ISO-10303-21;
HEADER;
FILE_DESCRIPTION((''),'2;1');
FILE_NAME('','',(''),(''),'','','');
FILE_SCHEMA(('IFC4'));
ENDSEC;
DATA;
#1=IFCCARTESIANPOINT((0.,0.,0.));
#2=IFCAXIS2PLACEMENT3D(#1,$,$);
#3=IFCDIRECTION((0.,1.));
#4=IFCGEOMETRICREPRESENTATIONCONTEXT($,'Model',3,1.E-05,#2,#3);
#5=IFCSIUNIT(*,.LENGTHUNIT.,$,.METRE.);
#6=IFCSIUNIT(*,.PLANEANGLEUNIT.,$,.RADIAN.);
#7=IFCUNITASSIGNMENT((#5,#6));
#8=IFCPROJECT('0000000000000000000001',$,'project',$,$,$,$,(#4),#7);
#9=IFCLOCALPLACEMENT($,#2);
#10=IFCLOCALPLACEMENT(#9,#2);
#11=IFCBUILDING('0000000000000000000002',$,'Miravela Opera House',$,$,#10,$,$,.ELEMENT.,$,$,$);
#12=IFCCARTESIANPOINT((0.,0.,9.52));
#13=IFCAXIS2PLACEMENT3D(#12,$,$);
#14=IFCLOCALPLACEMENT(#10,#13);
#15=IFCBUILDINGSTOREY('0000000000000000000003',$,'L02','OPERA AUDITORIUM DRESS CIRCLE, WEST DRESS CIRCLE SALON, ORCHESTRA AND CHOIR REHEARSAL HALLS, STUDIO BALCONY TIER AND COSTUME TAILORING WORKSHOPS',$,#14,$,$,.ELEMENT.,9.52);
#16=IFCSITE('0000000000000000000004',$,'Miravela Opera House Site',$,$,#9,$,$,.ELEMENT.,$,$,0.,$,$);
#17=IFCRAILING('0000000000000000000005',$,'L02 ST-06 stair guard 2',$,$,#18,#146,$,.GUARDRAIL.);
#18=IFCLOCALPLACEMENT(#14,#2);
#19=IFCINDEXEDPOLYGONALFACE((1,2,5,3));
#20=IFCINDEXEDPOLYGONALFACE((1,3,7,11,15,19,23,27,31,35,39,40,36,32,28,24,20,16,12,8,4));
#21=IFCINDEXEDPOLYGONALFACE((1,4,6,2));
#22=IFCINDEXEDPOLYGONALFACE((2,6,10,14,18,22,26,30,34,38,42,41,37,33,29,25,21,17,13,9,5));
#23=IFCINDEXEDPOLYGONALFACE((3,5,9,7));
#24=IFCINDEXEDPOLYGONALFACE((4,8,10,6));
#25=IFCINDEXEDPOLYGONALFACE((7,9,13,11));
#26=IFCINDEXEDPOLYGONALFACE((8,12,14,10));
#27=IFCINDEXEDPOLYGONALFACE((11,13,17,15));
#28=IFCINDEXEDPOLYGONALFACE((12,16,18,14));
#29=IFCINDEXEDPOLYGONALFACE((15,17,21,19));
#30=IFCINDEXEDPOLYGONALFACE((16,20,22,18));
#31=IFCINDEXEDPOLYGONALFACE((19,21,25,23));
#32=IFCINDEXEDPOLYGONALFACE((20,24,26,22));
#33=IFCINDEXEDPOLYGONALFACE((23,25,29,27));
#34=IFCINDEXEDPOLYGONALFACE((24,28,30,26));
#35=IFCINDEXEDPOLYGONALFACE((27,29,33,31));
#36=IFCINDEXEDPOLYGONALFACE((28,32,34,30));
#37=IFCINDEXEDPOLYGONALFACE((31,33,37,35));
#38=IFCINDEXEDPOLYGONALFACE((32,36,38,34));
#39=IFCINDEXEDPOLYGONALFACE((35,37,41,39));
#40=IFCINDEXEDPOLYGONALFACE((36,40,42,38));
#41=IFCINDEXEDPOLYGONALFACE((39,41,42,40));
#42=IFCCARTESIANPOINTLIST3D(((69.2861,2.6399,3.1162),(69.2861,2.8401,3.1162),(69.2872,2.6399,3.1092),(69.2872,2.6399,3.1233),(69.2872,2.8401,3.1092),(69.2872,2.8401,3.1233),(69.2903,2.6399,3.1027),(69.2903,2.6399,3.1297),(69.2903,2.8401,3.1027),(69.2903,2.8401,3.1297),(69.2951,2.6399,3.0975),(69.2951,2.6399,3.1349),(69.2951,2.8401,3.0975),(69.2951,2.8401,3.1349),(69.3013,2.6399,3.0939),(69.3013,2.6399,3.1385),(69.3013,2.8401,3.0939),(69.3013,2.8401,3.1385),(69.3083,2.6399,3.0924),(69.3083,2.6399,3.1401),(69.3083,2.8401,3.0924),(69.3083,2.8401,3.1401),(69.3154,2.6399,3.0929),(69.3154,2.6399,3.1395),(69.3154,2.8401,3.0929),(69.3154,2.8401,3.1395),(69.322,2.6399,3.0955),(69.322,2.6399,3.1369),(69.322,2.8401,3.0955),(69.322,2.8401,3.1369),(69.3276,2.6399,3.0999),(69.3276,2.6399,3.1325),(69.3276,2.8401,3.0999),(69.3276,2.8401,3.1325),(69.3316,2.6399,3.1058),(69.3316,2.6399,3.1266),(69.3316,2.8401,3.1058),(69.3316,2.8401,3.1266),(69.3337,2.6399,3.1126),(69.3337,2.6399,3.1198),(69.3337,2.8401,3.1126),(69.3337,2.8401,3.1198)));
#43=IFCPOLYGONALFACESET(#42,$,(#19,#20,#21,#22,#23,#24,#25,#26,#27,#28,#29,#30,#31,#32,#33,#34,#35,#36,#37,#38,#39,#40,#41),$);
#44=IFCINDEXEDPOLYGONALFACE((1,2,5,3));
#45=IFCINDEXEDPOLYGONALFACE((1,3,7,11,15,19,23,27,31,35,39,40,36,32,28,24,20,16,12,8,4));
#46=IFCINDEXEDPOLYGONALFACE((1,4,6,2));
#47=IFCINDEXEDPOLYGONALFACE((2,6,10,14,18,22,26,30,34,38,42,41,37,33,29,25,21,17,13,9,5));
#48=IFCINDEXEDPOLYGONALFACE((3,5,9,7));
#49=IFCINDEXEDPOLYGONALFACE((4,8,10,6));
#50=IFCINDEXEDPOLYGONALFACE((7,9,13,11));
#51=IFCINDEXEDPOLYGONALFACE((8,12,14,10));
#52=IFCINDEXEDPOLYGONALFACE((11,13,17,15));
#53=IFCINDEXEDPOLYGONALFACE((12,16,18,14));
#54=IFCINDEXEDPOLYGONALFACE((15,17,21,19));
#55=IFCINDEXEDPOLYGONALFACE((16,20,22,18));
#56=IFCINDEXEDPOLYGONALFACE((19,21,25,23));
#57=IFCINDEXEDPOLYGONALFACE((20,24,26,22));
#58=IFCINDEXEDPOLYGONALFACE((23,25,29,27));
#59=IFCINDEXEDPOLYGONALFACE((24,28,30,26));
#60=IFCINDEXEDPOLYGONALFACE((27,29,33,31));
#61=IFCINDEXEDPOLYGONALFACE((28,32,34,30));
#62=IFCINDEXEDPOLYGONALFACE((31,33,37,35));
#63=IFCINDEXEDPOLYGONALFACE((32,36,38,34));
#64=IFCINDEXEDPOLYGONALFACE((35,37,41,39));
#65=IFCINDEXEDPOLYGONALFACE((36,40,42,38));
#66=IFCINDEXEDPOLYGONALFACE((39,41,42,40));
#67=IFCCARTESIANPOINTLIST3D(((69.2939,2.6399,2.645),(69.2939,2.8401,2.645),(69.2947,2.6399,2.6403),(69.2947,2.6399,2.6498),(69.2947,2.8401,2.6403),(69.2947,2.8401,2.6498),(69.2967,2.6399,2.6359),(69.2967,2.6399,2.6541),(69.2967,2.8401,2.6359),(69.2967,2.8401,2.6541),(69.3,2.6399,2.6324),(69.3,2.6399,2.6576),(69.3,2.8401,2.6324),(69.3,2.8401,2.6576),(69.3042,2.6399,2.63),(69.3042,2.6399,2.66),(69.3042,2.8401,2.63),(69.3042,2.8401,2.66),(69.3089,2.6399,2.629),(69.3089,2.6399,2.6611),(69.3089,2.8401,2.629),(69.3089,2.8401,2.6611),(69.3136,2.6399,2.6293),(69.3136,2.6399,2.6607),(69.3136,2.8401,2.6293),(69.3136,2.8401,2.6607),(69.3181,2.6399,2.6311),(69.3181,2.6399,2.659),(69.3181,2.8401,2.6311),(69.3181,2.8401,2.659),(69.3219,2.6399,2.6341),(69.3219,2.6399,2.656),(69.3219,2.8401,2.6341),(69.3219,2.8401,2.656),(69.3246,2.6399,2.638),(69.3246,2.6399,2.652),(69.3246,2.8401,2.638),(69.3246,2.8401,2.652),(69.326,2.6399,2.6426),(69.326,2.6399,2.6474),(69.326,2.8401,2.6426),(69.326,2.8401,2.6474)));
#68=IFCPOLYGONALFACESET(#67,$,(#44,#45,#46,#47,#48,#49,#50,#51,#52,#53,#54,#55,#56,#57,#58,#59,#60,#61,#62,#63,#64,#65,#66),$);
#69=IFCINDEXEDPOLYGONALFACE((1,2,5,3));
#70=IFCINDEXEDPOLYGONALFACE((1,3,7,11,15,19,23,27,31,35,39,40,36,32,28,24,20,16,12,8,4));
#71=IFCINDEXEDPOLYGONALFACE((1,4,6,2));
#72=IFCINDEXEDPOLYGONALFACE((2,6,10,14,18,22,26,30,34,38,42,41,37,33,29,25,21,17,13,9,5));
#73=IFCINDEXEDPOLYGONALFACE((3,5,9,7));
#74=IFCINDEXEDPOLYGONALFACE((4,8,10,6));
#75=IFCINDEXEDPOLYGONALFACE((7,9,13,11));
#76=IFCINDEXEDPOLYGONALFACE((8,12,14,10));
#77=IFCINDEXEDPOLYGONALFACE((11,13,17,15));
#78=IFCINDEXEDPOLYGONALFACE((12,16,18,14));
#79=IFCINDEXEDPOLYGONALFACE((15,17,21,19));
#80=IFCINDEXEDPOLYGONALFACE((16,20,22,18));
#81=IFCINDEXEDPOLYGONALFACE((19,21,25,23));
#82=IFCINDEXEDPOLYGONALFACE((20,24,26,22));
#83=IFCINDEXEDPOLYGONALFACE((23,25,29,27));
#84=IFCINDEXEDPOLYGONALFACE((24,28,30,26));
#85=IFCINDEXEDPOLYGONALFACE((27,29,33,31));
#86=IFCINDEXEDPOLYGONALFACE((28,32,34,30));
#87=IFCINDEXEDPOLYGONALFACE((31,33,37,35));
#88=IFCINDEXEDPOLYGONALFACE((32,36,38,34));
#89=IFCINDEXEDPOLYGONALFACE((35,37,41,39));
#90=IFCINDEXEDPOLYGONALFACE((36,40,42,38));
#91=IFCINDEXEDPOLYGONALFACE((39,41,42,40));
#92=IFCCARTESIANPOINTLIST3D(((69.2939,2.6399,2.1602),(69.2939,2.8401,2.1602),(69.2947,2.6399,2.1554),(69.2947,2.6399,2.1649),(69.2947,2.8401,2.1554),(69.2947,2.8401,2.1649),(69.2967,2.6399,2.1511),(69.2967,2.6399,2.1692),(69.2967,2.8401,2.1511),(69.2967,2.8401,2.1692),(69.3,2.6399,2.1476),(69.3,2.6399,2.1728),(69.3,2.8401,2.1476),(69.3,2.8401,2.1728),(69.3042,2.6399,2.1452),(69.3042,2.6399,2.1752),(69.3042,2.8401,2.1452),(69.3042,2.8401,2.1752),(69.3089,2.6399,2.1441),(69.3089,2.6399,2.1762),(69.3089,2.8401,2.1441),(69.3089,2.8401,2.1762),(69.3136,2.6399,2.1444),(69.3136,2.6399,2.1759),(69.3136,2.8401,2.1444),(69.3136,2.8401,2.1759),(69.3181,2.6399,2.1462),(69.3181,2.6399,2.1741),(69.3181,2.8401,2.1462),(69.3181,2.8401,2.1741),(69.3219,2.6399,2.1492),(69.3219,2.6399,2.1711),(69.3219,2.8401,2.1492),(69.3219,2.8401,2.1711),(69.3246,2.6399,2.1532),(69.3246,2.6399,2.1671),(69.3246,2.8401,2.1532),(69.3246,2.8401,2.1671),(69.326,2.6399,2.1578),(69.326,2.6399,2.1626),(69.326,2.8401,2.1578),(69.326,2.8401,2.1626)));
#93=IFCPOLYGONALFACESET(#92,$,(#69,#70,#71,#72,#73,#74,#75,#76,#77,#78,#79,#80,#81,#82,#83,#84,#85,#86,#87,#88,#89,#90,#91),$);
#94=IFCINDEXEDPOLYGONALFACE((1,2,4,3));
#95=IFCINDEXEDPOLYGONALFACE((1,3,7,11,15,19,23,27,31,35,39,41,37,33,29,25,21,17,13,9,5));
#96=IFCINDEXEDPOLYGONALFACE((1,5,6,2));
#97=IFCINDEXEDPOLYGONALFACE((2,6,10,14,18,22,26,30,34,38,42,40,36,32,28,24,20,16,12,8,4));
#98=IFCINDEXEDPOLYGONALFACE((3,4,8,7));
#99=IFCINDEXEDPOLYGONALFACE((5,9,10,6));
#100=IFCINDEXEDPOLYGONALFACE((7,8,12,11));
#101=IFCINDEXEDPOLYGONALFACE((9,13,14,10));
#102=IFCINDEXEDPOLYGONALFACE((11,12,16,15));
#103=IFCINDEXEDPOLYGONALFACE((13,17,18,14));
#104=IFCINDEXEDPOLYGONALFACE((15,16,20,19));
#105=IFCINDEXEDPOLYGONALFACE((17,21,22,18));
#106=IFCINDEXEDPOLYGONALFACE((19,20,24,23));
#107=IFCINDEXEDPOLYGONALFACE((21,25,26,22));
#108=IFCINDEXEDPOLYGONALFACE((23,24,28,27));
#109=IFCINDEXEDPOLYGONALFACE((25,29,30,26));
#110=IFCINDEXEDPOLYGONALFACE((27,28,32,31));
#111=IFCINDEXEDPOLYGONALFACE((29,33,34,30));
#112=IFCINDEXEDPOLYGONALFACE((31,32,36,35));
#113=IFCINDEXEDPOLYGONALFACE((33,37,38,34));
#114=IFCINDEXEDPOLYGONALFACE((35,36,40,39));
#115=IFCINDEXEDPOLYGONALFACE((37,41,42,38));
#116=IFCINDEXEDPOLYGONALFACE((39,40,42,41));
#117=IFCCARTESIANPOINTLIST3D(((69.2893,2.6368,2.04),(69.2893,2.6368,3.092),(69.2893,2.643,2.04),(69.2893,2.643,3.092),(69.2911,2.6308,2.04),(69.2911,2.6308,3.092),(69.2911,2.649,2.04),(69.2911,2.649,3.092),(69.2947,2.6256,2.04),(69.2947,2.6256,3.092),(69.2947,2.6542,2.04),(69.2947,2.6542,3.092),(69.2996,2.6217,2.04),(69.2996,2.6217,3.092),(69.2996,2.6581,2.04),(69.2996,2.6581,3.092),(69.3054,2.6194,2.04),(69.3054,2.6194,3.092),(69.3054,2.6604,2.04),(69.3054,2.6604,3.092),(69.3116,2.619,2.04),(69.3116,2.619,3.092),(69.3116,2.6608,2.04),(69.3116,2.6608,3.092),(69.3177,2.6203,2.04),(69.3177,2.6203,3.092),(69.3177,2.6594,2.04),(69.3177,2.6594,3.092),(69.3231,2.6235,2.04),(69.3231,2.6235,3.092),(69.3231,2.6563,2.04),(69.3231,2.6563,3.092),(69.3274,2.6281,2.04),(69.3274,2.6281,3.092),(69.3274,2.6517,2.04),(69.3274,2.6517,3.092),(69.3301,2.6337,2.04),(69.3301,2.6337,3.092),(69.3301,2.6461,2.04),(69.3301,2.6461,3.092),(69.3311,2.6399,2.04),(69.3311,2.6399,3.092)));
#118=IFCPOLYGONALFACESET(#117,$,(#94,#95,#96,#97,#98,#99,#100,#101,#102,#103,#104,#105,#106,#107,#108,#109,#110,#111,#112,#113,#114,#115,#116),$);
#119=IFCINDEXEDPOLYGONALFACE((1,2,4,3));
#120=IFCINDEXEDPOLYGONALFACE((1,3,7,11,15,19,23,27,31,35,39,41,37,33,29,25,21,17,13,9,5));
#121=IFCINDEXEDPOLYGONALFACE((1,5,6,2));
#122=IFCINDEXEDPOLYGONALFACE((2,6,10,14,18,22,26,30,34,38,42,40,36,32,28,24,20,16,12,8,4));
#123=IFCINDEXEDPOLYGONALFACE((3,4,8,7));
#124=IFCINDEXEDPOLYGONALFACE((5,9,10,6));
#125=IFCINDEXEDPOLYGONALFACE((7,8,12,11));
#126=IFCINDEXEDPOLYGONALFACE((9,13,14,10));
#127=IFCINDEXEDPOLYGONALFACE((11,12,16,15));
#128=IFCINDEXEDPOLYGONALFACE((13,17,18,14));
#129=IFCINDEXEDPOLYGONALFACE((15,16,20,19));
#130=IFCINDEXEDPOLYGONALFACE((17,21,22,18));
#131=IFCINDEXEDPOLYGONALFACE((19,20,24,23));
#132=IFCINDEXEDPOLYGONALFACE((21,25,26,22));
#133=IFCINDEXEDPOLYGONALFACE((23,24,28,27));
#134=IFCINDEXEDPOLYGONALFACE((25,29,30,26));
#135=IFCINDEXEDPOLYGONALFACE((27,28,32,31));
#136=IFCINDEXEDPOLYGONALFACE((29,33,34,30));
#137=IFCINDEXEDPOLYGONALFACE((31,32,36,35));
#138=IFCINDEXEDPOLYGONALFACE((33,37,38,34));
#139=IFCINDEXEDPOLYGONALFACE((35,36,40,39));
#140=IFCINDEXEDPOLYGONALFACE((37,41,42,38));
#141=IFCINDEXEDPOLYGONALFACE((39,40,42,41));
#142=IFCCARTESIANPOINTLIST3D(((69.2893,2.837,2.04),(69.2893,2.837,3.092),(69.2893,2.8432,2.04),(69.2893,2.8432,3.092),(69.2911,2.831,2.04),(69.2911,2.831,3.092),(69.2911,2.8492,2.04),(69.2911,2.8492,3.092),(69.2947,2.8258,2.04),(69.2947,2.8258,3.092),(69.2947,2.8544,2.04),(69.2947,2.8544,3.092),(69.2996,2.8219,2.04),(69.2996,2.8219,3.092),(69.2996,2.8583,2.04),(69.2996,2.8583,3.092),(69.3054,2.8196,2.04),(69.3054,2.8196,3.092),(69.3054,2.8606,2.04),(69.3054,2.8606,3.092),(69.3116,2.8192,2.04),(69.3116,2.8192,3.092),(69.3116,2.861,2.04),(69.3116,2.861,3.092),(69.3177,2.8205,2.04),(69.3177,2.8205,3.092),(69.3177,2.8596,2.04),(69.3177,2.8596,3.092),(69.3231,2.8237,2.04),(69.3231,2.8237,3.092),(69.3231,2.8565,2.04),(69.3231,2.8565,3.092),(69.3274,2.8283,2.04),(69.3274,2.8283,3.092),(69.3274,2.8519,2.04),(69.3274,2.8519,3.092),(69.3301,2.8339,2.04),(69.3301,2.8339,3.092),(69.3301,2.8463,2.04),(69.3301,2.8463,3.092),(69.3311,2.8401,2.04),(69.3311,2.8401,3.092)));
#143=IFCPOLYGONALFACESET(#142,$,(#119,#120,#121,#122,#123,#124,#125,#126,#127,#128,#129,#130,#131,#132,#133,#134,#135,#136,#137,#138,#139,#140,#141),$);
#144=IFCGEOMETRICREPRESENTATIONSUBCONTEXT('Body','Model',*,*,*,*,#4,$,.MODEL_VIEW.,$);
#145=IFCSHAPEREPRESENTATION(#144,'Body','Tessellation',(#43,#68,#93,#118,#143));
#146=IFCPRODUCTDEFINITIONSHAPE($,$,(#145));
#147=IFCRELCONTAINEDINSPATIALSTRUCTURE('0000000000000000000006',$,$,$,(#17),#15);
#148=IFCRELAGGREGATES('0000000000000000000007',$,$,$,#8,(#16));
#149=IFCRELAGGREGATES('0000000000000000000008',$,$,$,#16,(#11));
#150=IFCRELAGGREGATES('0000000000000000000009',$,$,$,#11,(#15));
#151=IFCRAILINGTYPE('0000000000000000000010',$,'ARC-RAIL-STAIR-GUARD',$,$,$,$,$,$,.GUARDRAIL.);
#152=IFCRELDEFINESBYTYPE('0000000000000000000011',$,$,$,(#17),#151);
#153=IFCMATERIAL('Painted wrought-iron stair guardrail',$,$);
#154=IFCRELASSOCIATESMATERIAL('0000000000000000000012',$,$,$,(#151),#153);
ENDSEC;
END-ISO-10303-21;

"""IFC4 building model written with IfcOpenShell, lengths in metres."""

from ifc_helpers import new_model, si_unit, direction, frame, origin, origin_2d, place, context, subcontext, project, spatial, circle, extrude, material, type_object, element, save


model = new_model("IFC4")

# Units and contexts
model_context = context("Model", 3, precision=1e-05, world=origin(), true_north=direction((0.0, 1.0)))
body_context = subcontext(model_context, "Body", "Model", "MODEL_VIEW")
ifc_project = project(units=[si_unit("LENGTHUNIT", "METRE"), si_unit("PLANEANGLEUNIT", "RADIAN")], contexts=[model_context])

# Site, building, storey
site_placement = place(None, origin())
site = spatial("IfcSite", under=ifc_project, at=site_placement, Name="Miravela Opera House Site", CompositionType="ELEMENT", RefElevation=0.0)
building_placement = place(site_placement, origin())
building = spatial("IfcBuilding", under=site, at=building_placement, Name="Miravela Opera House", CompositionType="ELEMENT")
storey_placement = place(building_placement, frame((0.0, 0.0, 9.52)))
storey = spatial("IfcBuildingStorey", under=building, at=storey_placement, Name="L02", Description="OPERA AUDITORIUM DRESS CIRCLE, WEST DRESS CIRCLE SALON, ORCHESTRA AND CHOIR REHEARSAL HALLS, STUDIO BALCONY TIER AND COSTUME TAILORING WORKSHOPS", CompositionType="ELEMENT", Elevation=9.52)

# Railing
ifc_material_1 = material(Name="Painted wrought-iron stair guardrail")
railing_type_1 = type_object("IfcRailingType", Name="ARC-RAIL-STAIR-GUARD", PredefinedType="GUARDRAIL", material=ifc_material_1)
railing_1_placement = place(storey_placement, frame((69.3101, 2.6399, 2.04)))
element("IfcRailing", 1, at=railing_1_placement, inside=storey, type_object=railing_type_1, Name="L02 ST-06 stair guard 2", PredefinedType="GUARDRAIL", context=body_context, shape_type="SweptSolid", body=[
    extrude(circle(Radius=0.0239, at=origin_2d()), frame((0.0, 0.0, 1.0762), z_axis=(0.0, 1.0, 0.0), x_axis=(-1.0, 0.0, 0.0)), (0.0, 0.0, 1.0), 0.2002),
    extrude(circle(Radius=0.0161, at=origin_2d()), frame((0.0, 0.0, 0.605), z_axis=(0.0, 1.0, 0.0), x_axis=(-1.0, 0.0, 0.0)), (0.0, 0.0, 1.0), 0.2002),
    extrude(circle(Radius=0.0161, at=origin_2d()), frame((0.0, 0.0, 0.1201), z_axis=(0.0, 1.0, 0.0), x_axis=(-1.0, 0.0, 0.0)), (0.0, 0.0, 1.0), 0.2002),
    extrude(circle(Radius=0.021, at=origin_2d()), origin(), (0.0, 0.0, 1.0), 1.052),
    extrude(circle(Radius=0.021, at=origin_2d()), frame((0.0, 0.2002, 0.0)), (0.0, 0.0, 1.0), 1.052),
])

save(model, "model.ifc")
